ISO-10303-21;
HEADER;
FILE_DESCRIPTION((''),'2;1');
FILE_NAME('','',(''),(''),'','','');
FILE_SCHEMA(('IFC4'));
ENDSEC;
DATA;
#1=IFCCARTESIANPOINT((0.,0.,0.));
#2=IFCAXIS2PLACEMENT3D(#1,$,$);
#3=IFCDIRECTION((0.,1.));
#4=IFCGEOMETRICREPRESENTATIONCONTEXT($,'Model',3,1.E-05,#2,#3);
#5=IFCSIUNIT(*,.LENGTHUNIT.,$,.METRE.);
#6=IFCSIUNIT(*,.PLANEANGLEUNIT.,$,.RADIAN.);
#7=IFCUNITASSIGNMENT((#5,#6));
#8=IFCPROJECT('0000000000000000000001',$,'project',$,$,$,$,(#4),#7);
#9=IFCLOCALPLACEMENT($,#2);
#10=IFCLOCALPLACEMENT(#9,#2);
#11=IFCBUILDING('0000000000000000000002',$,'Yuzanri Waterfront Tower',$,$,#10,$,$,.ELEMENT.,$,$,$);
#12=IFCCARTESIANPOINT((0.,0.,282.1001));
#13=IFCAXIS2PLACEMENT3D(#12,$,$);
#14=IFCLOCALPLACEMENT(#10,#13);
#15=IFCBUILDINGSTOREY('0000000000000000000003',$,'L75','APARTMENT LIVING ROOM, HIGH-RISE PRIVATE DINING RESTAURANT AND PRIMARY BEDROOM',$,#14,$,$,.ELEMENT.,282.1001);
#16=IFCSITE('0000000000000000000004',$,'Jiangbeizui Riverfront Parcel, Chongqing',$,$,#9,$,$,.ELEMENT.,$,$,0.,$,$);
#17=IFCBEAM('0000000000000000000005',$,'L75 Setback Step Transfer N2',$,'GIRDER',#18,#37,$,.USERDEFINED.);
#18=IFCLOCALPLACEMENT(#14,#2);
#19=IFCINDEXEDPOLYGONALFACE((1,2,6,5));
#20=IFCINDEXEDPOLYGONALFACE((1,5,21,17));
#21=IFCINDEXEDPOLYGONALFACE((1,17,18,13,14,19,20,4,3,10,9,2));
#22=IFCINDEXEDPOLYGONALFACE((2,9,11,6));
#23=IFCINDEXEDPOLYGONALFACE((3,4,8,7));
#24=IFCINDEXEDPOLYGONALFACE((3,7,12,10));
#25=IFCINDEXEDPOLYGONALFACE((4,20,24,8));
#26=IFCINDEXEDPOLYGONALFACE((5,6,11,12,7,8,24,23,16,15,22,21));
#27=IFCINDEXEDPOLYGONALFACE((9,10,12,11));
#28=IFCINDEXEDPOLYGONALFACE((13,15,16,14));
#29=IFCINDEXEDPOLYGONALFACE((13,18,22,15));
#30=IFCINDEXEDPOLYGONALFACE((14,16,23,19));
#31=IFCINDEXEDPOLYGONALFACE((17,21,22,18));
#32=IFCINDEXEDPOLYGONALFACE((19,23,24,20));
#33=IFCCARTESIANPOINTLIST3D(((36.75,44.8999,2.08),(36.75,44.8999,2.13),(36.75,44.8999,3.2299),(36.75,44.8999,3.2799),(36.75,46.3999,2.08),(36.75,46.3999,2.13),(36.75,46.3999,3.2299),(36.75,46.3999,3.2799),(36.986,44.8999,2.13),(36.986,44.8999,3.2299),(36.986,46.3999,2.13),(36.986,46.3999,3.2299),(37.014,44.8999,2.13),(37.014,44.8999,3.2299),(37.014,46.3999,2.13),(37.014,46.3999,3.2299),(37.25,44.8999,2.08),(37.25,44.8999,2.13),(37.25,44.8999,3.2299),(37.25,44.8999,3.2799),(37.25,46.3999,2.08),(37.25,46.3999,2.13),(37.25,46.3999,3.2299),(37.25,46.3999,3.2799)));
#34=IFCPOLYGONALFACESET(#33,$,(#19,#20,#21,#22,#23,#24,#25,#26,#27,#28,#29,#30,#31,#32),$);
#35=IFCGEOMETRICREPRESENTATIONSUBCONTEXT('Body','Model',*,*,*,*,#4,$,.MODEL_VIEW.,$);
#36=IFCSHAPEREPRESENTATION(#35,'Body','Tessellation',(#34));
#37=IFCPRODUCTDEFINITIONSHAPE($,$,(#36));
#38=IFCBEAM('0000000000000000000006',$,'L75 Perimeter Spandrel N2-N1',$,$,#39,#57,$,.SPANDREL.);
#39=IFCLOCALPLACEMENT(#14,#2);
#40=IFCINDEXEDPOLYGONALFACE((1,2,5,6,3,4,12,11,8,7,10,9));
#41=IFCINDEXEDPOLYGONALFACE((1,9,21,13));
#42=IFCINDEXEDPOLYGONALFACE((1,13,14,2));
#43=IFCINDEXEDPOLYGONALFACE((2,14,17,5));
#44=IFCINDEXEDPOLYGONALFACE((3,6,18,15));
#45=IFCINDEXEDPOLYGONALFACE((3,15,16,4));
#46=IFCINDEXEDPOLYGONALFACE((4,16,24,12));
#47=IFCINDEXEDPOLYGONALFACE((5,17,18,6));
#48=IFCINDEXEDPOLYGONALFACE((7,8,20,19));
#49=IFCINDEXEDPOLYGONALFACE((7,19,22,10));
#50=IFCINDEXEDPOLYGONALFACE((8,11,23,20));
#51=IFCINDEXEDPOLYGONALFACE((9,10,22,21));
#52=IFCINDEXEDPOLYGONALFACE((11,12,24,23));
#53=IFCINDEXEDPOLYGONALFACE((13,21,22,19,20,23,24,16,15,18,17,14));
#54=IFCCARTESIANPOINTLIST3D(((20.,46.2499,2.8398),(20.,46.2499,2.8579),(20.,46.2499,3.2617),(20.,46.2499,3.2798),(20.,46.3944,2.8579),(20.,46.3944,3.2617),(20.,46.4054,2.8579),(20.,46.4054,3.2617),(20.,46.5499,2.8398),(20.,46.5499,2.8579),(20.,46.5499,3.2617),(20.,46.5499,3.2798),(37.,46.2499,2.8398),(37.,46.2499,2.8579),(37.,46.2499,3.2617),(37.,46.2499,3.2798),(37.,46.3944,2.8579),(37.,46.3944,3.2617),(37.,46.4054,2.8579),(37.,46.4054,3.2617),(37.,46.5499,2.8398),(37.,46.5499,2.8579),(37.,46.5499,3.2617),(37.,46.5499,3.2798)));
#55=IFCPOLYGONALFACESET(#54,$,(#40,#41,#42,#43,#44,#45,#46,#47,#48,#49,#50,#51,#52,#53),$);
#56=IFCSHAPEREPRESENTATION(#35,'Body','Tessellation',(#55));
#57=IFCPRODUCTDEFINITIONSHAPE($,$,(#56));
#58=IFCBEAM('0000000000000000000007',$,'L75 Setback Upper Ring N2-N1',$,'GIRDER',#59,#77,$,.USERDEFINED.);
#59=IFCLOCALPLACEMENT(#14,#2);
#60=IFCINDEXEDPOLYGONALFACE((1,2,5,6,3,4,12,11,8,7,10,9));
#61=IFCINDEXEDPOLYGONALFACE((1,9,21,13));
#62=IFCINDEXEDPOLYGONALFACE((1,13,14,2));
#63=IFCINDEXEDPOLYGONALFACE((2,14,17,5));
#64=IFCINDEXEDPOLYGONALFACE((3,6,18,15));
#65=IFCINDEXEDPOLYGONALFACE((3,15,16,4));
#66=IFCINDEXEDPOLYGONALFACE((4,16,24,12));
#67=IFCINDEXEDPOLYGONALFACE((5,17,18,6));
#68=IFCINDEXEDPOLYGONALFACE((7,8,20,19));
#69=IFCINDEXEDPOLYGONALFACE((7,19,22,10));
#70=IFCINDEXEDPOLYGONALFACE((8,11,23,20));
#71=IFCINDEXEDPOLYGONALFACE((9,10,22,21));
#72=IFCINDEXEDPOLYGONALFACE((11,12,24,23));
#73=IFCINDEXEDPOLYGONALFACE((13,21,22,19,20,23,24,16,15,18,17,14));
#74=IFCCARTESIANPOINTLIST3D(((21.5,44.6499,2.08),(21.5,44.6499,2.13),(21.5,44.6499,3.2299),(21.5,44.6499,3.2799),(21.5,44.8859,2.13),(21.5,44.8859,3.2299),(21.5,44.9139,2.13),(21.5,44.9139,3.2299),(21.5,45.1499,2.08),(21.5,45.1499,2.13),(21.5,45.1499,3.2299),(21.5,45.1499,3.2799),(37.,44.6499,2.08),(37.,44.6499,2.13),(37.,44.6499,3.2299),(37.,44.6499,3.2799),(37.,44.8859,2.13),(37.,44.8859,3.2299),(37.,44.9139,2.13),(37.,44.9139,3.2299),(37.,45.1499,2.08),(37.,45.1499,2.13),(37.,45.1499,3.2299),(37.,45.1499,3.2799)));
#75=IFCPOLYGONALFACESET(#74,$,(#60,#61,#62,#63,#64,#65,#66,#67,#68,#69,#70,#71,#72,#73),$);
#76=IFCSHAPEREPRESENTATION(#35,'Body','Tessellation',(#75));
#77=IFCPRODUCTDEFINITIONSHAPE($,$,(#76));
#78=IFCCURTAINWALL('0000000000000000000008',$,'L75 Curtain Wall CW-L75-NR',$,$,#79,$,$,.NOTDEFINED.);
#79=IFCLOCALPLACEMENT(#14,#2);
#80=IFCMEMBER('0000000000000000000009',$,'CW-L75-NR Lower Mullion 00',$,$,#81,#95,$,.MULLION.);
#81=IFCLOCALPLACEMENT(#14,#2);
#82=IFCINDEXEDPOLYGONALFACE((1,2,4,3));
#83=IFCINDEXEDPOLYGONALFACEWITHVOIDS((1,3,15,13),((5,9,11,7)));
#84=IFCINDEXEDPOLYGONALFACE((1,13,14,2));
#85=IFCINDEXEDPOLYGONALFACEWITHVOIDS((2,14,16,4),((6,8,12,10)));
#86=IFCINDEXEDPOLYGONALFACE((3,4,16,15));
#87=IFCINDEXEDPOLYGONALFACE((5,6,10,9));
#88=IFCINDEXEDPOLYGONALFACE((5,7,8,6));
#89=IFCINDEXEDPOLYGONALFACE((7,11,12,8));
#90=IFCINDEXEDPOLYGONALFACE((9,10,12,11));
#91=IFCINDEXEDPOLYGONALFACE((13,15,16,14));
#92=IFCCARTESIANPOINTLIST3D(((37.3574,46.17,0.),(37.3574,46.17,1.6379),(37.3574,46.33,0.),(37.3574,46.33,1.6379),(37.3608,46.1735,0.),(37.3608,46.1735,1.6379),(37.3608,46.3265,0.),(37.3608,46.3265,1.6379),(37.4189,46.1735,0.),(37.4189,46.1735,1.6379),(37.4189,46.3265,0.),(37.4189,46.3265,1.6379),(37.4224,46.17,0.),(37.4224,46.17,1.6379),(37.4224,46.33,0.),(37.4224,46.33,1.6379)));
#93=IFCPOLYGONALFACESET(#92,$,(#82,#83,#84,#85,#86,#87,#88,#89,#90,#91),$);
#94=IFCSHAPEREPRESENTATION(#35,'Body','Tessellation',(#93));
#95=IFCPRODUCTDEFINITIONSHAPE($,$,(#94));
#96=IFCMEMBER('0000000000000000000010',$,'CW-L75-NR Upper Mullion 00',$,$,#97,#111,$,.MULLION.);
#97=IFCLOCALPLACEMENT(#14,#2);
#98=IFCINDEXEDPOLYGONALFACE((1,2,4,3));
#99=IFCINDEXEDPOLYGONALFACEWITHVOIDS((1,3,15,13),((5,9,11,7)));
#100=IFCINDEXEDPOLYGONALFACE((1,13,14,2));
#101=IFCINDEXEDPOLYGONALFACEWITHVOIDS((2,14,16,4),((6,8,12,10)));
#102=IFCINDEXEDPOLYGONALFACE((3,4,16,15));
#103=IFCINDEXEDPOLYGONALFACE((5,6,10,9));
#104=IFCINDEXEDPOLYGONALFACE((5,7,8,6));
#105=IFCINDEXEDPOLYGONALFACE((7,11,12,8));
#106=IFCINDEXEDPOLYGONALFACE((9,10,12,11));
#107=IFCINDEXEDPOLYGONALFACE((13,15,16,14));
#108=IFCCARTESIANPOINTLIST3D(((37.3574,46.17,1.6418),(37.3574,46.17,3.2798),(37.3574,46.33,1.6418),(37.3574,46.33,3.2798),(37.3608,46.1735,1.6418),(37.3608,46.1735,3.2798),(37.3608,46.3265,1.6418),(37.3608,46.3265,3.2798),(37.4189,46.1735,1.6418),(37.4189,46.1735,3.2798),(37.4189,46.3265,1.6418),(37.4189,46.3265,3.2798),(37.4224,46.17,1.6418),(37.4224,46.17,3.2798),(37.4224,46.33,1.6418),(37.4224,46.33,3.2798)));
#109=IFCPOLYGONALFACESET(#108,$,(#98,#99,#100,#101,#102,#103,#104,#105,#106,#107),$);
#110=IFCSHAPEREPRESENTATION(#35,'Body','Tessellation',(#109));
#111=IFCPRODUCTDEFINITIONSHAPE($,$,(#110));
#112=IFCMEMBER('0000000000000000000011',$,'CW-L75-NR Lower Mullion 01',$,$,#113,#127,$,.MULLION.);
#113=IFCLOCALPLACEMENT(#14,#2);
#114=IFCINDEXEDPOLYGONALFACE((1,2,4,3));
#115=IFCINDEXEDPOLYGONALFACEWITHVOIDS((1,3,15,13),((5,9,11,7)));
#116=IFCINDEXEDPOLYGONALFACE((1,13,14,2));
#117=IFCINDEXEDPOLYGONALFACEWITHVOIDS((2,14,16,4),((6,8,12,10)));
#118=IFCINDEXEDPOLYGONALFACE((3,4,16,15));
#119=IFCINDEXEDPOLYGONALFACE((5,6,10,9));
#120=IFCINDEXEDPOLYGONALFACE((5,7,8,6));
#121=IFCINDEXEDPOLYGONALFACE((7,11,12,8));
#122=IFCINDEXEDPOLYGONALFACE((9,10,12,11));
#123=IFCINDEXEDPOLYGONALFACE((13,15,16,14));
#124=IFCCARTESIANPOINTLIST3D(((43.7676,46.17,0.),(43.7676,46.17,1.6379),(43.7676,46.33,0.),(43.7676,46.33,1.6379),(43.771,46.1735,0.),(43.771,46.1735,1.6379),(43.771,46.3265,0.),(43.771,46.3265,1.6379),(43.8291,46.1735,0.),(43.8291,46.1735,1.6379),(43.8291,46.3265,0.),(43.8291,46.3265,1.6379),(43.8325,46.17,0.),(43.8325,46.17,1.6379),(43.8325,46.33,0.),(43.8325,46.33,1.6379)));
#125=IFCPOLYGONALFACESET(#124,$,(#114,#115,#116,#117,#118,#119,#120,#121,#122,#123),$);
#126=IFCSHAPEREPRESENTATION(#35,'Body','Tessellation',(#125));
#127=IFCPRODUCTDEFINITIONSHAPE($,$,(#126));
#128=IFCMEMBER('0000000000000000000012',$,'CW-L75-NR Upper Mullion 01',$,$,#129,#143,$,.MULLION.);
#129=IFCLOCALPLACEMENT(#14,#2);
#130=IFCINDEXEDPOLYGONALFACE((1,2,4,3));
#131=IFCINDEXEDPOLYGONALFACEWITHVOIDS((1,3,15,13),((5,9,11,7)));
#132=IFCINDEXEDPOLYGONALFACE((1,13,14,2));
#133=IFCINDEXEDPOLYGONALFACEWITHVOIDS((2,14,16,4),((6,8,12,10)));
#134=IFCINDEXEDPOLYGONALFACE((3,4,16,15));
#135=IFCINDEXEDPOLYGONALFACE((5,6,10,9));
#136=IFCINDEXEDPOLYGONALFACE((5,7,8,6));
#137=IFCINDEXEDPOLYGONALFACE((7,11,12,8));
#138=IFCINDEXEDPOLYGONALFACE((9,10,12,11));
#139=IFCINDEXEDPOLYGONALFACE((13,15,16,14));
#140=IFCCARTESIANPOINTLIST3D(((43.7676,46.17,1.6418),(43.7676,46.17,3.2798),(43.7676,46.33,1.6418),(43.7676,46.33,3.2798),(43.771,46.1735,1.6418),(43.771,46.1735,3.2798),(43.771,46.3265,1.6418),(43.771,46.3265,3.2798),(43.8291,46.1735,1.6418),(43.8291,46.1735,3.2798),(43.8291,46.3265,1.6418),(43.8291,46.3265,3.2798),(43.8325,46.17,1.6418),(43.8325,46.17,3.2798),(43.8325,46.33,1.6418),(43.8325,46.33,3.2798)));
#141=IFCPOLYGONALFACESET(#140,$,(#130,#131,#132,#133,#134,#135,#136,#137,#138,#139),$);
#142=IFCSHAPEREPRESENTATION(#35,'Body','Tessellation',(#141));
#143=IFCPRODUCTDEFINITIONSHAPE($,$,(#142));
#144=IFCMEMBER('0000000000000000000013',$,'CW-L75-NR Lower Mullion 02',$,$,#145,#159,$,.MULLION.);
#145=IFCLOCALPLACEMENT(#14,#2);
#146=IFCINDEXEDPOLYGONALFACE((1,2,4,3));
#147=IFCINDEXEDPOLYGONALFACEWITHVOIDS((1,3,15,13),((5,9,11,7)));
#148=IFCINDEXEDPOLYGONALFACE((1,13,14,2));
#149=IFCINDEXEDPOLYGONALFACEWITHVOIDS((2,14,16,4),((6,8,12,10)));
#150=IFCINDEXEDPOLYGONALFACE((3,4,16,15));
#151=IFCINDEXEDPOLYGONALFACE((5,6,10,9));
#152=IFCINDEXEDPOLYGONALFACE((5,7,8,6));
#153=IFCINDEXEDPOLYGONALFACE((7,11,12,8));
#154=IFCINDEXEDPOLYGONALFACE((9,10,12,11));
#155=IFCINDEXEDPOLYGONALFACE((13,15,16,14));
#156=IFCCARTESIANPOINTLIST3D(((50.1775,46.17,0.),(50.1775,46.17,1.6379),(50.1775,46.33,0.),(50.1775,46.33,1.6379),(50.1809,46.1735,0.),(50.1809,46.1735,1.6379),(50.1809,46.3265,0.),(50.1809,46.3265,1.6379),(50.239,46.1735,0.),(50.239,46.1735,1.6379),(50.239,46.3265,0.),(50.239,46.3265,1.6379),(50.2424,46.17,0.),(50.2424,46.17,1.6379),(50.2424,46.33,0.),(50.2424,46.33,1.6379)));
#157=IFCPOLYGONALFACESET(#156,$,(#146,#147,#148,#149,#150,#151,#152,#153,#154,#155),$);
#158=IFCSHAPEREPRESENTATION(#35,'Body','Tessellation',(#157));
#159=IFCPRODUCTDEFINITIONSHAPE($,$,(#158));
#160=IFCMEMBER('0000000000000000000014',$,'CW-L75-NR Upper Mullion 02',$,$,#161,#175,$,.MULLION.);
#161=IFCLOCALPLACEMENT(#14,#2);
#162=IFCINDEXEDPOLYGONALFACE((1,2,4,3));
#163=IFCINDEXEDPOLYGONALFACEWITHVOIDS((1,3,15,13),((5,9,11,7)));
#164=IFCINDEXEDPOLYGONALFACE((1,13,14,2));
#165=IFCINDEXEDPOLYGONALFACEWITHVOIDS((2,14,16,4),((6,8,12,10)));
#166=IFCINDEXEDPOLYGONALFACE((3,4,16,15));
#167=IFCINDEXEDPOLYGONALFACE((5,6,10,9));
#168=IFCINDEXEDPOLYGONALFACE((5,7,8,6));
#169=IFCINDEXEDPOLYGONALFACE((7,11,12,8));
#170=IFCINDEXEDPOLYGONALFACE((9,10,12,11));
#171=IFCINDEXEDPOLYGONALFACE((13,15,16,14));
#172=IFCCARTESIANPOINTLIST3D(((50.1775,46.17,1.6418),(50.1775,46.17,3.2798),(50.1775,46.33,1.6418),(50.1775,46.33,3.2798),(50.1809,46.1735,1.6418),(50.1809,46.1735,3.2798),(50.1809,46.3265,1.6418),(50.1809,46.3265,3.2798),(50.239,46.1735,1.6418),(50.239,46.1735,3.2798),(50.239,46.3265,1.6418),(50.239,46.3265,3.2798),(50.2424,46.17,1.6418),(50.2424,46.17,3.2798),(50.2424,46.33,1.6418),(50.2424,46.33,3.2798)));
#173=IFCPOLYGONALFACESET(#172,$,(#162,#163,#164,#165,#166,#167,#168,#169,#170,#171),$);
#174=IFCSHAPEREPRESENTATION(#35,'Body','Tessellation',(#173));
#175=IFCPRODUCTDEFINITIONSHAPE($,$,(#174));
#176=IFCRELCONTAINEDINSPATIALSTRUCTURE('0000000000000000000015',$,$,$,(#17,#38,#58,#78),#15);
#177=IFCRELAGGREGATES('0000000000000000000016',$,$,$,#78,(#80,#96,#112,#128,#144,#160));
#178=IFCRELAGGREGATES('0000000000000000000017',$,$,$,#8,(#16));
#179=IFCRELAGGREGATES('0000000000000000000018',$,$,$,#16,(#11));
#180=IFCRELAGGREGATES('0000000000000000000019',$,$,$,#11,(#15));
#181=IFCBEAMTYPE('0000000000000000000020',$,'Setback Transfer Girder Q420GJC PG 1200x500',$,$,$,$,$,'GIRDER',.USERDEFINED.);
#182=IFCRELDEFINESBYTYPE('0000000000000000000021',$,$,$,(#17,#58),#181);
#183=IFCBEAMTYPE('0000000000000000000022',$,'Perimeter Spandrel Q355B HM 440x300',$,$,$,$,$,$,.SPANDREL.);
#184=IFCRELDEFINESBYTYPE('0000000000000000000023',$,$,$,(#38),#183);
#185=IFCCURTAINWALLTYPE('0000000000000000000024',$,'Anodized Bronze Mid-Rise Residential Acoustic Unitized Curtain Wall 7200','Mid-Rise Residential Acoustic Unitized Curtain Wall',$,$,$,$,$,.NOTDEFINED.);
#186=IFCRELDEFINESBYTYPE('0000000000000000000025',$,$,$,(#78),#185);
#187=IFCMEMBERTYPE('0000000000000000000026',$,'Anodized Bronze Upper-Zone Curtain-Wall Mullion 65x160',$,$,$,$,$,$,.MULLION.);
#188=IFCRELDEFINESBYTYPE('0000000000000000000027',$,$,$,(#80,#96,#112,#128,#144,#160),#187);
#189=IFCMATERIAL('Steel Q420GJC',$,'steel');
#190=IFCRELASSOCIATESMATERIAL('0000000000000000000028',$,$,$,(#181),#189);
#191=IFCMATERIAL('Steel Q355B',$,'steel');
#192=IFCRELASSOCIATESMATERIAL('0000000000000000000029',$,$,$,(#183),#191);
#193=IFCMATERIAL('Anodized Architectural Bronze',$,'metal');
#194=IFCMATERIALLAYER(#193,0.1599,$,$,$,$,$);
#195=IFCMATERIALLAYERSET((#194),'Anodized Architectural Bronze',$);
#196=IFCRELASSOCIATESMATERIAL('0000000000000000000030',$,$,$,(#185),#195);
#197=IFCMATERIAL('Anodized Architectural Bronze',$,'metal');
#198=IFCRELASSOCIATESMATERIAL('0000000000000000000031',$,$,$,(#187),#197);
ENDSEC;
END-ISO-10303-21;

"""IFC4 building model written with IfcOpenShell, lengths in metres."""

from ifc_helpers import new_model, si_unit, direction, frame, origin, origin_2d, place, context, subcontext, project, spatial, hollow_rectangle, i_section, extrude, source, transform, mapped, material, layer, layer_set, material_profile, profile_set, type_object, element, aggregate, save


model = new_model("IFC4")

# Units and contexts
model_context = context("Model", 3, precision=1e-05, world=origin(), true_north=direction((0.0, 1.0)))
body_context = subcontext(model_context, "Body", "Model", "MODEL_VIEW")
ifc_project = project(units=[si_unit("LENGTHUNIT", "METRE"), si_unit("PLANEANGLEUNIT", "RADIAN")], contexts=[model_context])

# Site, building, storey
site_placement = place(None, origin())
site = spatial("IfcSite", under=ifc_project, at=site_placement, Name="Jiangbeizui Riverfront Parcel, Chongqing", CompositionType="ELEMENT", RefElevation=0.0)
building_placement = place(site_placement, origin())
building = spatial("IfcBuilding", under=site, at=building_placement, Name="Yuzanri Waterfront Tower", CompositionType="ELEMENT")
storey_placement = place(building_placement, frame((0.0, 0.0, 282.1001)))
storey = spatial("IfcBuildingStorey", under=building, at=storey_placement, Name="L75", Description="APARTMENT LIVING ROOM, HIGH-RISE PRIVATE DINING RESTAURANT AND PRIMARY BEDROOM", CompositionType="ELEMENT", Elevation=282.1001)

# Beams
ifc_material_1 = material(Name="Steel Q420GJC", Category="steel")
ifc_material_profile_1 = material_profile(ifc_material_1, i_section(OverallWidth=0.5, OverallDepth=1.2, WebThickness=0.0281, FlangeThickness=0.05, at=origin_2d()), Name="PG 1200x500x28x50")
ifc_profile_set_1 = profile_set([ifc_material_profile_1], Name="Steel Q420GJC")
beam_type_1 = type_object("IfcBeamType", Name="Setback Transfer Girder Q420GJC PG 1200x500", ElementType="GIRDER", PredefinedType="USERDEFINED", material=ifc_profile_set_1)
shared_shape_1 = source(origin(), body_context, "Body", "SweptSolid", [
    extrude(i_section(OverallWidth=0.5, OverallDepth=1.2, WebThickness=0.0281, FlangeThickness=0.05, at=origin_2d()), origin(), (0.0, 0.0, 1.0), 1.5),
])
beam_1_placement = place(storey_placement, frame((37.0, 44.8999, 2.6799), z_axis=(0.0, 1.0, 0.0), x_axis=(-1.0, 0.0, 0.0)))
element("IfcBeam", 1, at=beam_1_placement, inside=storey, type_object=beam_type_1, Name="L75 Setback Step Transfer N2", ObjectType="GIRDER", PredefinedType="USERDEFINED", context=body_context, shape_type="MappedRepresentation", body=[
    mapped(shared_shape_1, transform((0.0, 0.0, 0.0), scale=1.0)),
])
ifc_material_2 = material(Name="Steel Q355B", Category="steel")
ifc_material_profile_2 = material_profile(ifc_material_2, i_section(OverallWidth=0.3, OverallDepth=0.4399, WebThickness=0.011, FlangeThickness=0.0181, at=origin_2d()), Name="HM 440x300x11x18")
ifc_profile_set_2 = profile_set([ifc_material_profile_2], Name="Steel Q355B")
beam_type_2 = type_object("IfcBeamType", Name="Perimeter Spandrel Q355B HM 440x300", PredefinedType="SPANDREL", material=ifc_profile_set_2)
shared_shape_2 = source(origin(), body_context, "Body", "SweptSolid", [
    extrude(i_section(OverallWidth=0.3, OverallDepth=0.4399, WebThickness=0.011, FlangeThickness=0.0181, at=origin_2d()), origin(), (0.0, 0.0, 1.0), 17.0),
])
beam_2_placement = place(storey_placement, frame((37.0, 46.3999, 3.0598), z_axis=(-1.0, 0.0, 0.0), x_axis=(0.0, -1.0, 0.0)))
element("IfcBeam", 2, at=beam_2_placement, inside=storey, type_object=beam_type_2, Name="L75 Perimeter Spandrel N2-N1", PredefinedType="SPANDREL", context=body_context, shape_type="MappedRepresentation", body=[
    mapped(shared_shape_2, transform((0.0, 0.0, 0.0), scale=1.0)),
])
shared_shape_3 = source(origin(), body_context, "Body", "SweptSolid", [
    extrude(i_section(OverallWidth=0.5, OverallDepth=1.2, WebThickness=0.0281, FlangeThickness=0.05, at=origin_2d()), origin(), (0.0, 0.0, 1.0), 15.5),
])
beam_3_placement = place(storey_placement, frame((37.0, 44.8999, 2.6799), z_axis=(-1.0, 0.0, 0.0), x_axis=(0.0, -1.0, 0.0)))
element("IfcBeam", 3, at=beam_3_placement, inside=storey, type_object=beam_type_1, Name="L75 Setback Upper Ring N2-N1", ObjectType="GIRDER", PredefinedType="USERDEFINED", context=body_context, shape_type="MappedRepresentation", body=[
    mapped(shared_shape_3, transform((0.0, 0.0, 0.0), scale=1.0)),
])

# Curtain wall, members
ifc_material_3 = material(Name="Anodized Architectural Bronze", Category="metal")
ifc_layer_1 = layer(ifc_material_3, 0.1599)
ifc_layer_set_1 = layer_set([ifc_layer_1], Name="Anodized Architectural Bronze")
curtain_wall_type = type_object("IfcCurtainWallType", Name="Anodized Bronze Mid-Rise Residential Acoustic Unitized Curtain Wall 7200", Description="Mid-Rise Residential Acoustic Unitized Curtain Wall", PredefinedType="NOTDEFINED", material=ifc_layer_set_1)
curtain_wall_placement = place(storey_placement, origin())
curtain_wall = element("IfcCurtainWall", 4, at=curtain_wall_placement, inside=storey, type_object=curtain_wall_type, Name="L75 Curtain Wall CW-L75-NR", PredefinedType="NOTDEFINED")
ifc_material_4 = material(Name="Anodized Architectural Bronze", Category="metal")
ifc_material_profile_3 = material_profile(ifc_material_4, hollow_rectangle(XDim=0.0649, YDim=0.1599, WallThickness=0.0034, at=origin_2d()), Name="CWM 65x160")
ifc_profile_set_3 = profile_set([ifc_material_profile_3], Name="Anodized Architectural Bronze")
member_type_1 = type_object("IfcMemberType", Name="Anodized Bronze Upper-Zone Curtain-Wall Mullion 65x160", PredefinedType="MULLION", material=ifc_profile_set_3)
shared_shape_4 = source(origin(), body_context, "Body", "SweptSolid", [
    extrude(hollow_rectangle(XDim=0.0649, YDim=0.1599, WallThickness=0.0034, at=origin_2d()), origin(), (0.0, 0.0, 1.0), 1.6379),
])
member_1_placement = place(storey_placement, frame((37.3899, 46.25, 0.0), z_axis=(0.0, 0.0, 1.0), x_axis=(1.0, 0.0, 0.0)))
member_1 = element("IfcMember", 5, at=member_1_placement, type_object=member_type_1, Name="CW-L75-NR Lower Mullion 00", PredefinedType="MULLION", context=body_context, shape_type="MappedRepresentation", body=[
    mapped(shared_shape_4, transform((0.0, 0.0, 0.0), scale=1.0)),
])
member_2_placement = place(storey_placement, frame((37.3899, 46.25, 1.6418), z_axis=(0.0, 0.0, 1.0), x_axis=(1.0, 0.0, 0.0)))
member_2 = element("IfcMember", 6, at=member_2_placement, type_object=member_type_1, Name="CW-L75-NR Upper Mullion 00", PredefinedType="MULLION", context=body_context, shape_type="MappedRepresentation", body=[
    mapped(shared_shape_4, transform((0.0, 0.0, 0.0), scale=1.0)),
])
member_3_placement = place(storey_placement, frame((43.8, 46.25, 0.0), z_axis=(0.0, 0.0, 1.0), x_axis=(1.0, 0.0, 0.0)))
member_3 = element("IfcMember", 7, at=member_3_placement, type_object=member_type_1, Name="CW-L75-NR Lower Mullion 01", PredefinedType="MULLION", context=body_context, shape_type="MappedRepresentation", body=[
    mapped(shared_shape_4, transform((0.0, 0.0, 0.0), scale=1.0)),
])
member_4_placement = place(storey_placement, frame((43.8, 46.25, 1.6418), z_axis=(0.0, 0.0, 1.0), x_axis=(1.0, 0.0, 0.0)))
member_4 = element("IfcMember", 8, at=member_4_placement, type_object=member_type_1, Name="CW-L75-NR Upper Mullion 01", PredefinedType="MULLION", context=body_context, shape_type="MappedRepresentation", body=[
    mapped(shared_shape_4, transform((0.0, 0.0, 0.0), scale=1.0)),
])
member_5_placement = place(storey_placement, frame((50.21, 46.25, 0.0), z_axis=(0.0, 0.0, 1.0), x_axis=(1.0, 0.0, 0.0)))
member_5 = element("IfcMember", 9, at=member_5_placement, type_object=member_type_1, Name="CW-L75-NR Lower Mullion 02", PredefinedType="MULLION", context=body_context, shape_type="MappedRepresentation", body=[
    mapped(shared_shape_4, transform((0.0, 0.0, 0.0), scale=1.0)),
])
member_6_placement = place(storey_placement, frame((50.21, 46.25, 1.6418), z_axis=(0.0, 0.0, 1.0), x_axis=(1.0, 0.0, 0.0)))
member_6 = element("IfcMember", 10, at=member_6_placement, type_object=member_type_1, Name="CW-L75-NR Upper Mullion 02", PredefinedType="MULLION", context=body_context, shape_type="MappedRepresentation", body=[
    mapped(shared_shape_4, transform((0.0, 0.0, 0.0), scale=1.0)),
])

aggregate(curtain_wall, [member_1, member_2, member_3, member_4, member_5, member_6])

save(model, "model.ifc")
